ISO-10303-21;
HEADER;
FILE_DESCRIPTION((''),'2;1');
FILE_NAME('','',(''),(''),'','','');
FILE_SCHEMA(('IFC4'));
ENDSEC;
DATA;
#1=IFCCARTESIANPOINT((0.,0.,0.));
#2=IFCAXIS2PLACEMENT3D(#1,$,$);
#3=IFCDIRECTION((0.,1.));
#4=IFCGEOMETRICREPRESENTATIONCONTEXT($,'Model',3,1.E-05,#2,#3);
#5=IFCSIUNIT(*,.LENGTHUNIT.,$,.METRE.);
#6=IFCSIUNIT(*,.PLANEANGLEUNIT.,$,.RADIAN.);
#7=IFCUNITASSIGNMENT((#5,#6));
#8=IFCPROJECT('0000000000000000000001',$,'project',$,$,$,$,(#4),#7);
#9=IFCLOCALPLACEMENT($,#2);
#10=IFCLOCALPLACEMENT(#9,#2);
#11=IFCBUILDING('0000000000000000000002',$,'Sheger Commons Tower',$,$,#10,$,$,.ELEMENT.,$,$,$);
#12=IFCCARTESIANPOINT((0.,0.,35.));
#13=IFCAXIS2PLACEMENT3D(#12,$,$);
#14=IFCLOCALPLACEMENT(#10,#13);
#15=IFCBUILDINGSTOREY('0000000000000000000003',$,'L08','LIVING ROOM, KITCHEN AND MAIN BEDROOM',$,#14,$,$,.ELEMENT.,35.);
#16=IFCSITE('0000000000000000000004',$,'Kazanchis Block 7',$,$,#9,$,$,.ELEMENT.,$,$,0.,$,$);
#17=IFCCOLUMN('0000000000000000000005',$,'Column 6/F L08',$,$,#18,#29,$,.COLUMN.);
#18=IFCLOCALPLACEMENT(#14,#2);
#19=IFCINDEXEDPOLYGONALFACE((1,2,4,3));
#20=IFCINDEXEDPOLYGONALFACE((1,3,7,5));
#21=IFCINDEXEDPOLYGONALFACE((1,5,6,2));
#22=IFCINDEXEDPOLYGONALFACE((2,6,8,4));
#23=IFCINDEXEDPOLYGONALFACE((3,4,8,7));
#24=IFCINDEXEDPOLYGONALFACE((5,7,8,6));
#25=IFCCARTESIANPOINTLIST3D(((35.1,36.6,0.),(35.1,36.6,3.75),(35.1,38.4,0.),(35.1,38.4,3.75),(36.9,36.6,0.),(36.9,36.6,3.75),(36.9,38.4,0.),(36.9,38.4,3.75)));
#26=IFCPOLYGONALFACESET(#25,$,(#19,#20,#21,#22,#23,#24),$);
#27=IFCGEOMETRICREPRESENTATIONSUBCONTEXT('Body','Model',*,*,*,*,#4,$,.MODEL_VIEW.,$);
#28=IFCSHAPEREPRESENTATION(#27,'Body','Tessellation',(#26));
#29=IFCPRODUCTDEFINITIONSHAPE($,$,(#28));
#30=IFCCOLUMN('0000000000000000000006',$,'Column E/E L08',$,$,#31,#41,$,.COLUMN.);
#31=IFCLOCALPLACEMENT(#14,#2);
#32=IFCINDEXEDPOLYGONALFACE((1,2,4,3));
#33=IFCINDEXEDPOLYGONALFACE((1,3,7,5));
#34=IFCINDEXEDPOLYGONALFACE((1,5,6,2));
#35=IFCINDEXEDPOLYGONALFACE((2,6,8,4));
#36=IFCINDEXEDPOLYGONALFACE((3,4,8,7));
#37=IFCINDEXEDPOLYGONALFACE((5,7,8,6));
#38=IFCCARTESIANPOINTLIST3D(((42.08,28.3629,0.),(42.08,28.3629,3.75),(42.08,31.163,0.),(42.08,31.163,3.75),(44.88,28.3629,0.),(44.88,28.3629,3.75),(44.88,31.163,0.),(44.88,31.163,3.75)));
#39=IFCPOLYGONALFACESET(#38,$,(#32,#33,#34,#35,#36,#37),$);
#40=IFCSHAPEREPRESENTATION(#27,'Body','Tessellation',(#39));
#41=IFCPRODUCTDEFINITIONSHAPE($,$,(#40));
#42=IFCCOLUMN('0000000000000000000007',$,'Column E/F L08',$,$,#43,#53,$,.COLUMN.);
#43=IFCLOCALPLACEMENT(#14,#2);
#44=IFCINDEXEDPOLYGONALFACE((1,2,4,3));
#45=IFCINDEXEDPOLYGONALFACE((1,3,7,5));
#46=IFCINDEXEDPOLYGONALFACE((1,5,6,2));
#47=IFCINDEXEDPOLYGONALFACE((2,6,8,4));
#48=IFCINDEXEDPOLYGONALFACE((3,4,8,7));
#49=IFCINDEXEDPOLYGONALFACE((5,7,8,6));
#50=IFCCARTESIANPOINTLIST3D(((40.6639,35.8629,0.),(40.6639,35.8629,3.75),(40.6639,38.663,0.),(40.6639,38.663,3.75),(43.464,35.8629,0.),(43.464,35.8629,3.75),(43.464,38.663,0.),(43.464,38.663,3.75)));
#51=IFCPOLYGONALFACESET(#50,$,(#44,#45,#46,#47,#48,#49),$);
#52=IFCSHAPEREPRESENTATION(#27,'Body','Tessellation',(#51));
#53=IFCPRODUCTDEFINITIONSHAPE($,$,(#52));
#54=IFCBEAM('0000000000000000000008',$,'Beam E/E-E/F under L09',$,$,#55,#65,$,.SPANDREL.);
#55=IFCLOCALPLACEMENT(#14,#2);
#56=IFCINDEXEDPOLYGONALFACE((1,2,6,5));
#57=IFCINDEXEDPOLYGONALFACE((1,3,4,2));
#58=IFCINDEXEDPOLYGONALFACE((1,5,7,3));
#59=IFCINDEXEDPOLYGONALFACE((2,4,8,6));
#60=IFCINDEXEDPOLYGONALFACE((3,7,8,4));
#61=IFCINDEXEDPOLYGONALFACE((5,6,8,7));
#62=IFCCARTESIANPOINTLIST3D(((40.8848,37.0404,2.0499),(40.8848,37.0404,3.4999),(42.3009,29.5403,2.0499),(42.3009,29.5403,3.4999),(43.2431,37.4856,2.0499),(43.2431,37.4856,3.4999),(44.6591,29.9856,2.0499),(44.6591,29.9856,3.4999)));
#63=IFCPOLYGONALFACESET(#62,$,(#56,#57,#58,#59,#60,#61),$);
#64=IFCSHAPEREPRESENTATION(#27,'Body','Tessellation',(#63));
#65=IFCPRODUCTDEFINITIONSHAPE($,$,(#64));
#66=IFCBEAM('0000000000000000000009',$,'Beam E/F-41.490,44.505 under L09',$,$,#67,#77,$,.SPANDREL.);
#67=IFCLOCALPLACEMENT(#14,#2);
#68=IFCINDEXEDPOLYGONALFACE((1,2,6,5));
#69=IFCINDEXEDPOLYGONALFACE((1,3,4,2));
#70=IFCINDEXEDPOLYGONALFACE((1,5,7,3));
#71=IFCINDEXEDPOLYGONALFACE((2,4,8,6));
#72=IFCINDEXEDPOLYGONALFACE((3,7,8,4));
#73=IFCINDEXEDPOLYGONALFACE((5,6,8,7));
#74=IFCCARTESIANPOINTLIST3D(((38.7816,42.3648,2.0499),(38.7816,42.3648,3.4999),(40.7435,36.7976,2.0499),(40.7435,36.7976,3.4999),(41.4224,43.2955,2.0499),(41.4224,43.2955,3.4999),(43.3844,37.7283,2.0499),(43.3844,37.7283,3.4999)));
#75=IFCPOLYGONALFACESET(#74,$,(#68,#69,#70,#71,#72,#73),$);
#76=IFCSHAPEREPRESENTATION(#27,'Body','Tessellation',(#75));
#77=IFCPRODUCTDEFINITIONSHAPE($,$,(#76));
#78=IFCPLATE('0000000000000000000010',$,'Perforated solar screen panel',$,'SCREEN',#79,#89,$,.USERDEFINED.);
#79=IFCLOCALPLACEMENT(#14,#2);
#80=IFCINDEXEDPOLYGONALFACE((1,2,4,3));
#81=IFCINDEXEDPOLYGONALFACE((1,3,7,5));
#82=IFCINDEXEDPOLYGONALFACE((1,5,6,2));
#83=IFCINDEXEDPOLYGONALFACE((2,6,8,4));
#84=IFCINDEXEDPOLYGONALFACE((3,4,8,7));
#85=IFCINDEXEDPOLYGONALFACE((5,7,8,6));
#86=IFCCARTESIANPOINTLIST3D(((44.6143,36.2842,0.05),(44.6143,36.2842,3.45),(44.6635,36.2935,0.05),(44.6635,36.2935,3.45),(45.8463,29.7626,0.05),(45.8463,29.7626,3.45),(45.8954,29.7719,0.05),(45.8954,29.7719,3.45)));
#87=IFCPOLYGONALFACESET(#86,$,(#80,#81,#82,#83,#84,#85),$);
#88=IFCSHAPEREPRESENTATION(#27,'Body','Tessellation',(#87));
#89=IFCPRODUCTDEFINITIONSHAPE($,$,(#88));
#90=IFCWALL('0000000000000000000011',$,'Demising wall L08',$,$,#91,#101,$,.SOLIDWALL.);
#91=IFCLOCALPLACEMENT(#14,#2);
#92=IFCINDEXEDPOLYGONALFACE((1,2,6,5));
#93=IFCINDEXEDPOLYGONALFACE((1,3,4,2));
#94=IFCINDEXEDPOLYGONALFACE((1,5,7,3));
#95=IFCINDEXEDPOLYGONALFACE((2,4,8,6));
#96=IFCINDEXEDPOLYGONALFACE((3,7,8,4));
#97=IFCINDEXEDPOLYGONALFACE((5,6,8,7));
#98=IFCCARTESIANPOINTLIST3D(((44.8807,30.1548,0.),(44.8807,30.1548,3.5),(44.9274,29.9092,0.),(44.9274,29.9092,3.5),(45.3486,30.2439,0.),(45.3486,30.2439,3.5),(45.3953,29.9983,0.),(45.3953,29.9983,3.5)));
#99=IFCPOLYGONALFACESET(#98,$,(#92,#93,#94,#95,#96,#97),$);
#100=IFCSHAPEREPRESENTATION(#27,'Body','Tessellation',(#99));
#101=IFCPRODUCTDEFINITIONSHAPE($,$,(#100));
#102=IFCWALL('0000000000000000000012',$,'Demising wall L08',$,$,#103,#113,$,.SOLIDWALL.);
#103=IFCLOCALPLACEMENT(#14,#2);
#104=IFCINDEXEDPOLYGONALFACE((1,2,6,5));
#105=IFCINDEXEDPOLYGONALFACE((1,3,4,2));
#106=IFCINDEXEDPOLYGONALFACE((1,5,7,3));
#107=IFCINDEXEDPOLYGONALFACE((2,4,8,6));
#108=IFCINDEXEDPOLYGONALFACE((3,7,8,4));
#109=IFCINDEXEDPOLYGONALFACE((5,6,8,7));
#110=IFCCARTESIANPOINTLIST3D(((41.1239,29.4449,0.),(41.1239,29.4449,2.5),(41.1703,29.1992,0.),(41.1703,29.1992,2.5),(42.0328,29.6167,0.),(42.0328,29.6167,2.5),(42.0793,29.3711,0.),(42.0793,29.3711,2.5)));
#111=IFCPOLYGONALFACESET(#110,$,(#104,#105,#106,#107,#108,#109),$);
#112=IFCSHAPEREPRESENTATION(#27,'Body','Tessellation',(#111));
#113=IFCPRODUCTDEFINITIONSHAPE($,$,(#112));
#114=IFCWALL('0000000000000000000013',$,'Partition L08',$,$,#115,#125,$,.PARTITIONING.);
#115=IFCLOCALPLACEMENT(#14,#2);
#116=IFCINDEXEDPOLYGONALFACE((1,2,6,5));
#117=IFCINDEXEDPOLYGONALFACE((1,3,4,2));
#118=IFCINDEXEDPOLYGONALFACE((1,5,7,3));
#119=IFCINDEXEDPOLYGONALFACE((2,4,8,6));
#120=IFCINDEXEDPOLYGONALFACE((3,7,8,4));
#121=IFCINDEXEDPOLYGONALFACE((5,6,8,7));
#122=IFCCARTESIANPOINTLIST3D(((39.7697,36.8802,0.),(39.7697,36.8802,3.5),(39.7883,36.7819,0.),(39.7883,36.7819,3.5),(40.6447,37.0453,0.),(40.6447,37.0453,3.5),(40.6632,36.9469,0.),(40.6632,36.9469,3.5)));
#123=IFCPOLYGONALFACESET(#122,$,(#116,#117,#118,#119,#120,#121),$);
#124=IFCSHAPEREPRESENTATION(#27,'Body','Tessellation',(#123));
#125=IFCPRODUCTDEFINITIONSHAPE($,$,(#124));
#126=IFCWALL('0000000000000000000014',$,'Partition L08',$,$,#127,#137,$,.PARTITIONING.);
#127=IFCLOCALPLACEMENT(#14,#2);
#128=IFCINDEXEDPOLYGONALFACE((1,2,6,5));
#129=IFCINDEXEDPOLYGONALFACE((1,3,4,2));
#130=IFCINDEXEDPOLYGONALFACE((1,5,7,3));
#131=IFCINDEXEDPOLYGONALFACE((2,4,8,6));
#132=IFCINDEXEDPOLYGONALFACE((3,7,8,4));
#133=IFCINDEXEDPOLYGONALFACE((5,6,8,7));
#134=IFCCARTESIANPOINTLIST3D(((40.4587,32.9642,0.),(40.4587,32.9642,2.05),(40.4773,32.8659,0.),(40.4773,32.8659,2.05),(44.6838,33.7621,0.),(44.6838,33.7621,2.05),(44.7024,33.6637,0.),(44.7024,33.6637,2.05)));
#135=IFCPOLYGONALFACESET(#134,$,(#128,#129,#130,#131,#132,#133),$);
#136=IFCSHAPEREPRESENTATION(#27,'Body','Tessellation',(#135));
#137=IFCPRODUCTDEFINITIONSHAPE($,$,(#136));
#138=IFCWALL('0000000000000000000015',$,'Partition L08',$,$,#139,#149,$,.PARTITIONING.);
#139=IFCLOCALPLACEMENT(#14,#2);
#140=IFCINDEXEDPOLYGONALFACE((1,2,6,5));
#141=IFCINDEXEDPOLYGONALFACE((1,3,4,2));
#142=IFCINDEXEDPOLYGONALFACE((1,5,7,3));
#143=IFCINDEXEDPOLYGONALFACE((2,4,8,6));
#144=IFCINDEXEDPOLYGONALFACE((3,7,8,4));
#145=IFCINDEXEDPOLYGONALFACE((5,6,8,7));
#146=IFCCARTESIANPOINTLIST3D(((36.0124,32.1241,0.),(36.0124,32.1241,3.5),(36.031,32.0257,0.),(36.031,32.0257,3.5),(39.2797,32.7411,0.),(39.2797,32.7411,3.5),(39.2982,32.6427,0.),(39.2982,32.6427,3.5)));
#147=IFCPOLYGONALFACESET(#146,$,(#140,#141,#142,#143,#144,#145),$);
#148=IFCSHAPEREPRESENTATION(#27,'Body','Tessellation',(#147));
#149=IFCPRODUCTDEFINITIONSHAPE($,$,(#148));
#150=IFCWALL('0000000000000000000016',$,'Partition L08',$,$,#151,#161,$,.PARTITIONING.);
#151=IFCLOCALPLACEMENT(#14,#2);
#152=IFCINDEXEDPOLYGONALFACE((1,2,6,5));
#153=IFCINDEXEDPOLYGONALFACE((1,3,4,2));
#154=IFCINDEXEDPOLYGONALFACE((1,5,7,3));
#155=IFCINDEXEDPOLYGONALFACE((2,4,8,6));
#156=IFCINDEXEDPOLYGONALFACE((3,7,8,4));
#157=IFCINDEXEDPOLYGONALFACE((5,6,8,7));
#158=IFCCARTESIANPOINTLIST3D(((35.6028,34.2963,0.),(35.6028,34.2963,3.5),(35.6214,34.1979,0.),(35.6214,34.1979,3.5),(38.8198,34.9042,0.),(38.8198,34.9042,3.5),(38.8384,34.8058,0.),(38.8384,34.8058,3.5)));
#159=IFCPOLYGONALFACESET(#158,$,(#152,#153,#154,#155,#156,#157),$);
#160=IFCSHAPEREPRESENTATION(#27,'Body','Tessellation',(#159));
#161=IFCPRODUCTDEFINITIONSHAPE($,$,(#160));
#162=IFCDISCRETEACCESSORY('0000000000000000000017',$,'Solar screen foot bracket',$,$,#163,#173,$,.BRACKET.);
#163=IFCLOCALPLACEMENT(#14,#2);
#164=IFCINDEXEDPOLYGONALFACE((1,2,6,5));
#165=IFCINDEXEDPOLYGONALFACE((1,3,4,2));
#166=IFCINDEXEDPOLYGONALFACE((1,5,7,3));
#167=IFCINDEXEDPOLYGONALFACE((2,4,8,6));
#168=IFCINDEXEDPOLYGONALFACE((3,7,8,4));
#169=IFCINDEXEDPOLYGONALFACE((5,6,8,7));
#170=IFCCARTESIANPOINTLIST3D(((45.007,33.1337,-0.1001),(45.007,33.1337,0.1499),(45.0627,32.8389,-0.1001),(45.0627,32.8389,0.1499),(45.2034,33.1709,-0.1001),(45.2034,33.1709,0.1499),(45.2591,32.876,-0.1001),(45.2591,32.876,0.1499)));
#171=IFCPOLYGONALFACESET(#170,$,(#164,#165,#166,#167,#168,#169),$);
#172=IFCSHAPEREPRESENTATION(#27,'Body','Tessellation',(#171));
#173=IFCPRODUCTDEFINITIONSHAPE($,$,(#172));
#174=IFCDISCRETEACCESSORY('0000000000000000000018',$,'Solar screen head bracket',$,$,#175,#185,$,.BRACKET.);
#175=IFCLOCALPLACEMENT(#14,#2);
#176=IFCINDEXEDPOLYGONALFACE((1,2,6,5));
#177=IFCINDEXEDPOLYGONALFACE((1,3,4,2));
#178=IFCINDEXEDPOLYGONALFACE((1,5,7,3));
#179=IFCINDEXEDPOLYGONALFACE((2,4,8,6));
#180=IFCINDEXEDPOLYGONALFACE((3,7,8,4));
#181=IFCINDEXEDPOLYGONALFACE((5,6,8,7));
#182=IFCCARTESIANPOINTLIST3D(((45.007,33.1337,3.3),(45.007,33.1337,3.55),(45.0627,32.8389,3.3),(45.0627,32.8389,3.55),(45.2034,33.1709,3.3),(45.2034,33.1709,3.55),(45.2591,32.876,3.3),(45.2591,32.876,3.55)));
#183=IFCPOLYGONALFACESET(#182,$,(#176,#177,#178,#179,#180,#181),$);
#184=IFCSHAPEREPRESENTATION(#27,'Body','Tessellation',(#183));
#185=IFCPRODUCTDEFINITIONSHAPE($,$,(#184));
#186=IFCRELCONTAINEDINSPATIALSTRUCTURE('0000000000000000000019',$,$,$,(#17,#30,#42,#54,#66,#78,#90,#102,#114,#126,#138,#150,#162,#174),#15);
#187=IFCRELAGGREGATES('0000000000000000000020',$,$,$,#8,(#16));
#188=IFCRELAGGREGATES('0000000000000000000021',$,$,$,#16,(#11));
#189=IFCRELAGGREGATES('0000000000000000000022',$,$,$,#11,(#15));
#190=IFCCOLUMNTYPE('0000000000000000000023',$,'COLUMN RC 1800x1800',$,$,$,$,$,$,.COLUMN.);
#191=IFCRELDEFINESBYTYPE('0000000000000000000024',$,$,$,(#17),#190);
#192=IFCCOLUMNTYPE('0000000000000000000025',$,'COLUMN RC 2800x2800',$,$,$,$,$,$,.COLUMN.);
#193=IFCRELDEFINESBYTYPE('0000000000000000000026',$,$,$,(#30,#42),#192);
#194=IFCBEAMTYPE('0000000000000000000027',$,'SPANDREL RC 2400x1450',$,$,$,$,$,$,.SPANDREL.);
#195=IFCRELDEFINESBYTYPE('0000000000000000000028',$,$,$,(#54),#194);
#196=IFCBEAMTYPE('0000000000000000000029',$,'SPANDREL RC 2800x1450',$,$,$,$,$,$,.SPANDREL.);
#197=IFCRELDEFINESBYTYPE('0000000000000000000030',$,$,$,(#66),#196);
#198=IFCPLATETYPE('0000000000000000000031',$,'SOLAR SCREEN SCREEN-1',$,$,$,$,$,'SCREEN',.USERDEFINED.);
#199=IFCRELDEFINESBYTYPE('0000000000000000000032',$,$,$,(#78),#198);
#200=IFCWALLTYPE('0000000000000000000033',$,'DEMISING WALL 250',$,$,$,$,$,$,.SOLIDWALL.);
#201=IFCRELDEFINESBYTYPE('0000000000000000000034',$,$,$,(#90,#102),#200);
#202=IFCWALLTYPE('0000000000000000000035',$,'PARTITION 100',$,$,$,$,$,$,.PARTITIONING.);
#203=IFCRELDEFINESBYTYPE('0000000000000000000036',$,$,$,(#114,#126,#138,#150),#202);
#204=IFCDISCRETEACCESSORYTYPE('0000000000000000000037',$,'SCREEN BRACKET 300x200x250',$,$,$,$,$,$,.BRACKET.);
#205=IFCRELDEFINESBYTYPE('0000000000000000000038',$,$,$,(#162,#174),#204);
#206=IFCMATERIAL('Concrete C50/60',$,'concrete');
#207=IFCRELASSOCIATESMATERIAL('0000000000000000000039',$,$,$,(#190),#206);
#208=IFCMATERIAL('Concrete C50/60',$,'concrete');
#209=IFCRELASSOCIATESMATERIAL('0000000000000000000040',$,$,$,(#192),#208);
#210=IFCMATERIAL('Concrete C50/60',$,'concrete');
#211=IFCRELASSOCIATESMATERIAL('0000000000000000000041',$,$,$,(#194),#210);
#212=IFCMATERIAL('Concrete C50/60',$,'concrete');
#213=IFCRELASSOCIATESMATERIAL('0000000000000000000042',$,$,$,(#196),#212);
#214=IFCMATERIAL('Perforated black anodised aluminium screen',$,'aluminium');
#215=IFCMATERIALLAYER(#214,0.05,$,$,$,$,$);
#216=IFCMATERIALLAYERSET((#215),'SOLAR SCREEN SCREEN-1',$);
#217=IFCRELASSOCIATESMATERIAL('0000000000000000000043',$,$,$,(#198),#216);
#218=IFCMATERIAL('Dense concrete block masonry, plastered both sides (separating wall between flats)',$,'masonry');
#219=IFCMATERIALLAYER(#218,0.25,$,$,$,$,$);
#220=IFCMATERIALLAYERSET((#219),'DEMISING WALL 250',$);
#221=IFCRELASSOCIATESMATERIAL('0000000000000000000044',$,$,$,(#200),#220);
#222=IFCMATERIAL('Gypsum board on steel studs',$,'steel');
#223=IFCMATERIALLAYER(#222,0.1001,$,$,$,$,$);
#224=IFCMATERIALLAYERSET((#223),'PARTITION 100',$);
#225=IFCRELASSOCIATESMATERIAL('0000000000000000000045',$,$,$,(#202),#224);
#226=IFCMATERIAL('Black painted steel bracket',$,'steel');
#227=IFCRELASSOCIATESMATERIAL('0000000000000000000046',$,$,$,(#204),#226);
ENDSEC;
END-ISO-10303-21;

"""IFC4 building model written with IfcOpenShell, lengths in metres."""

from ifc_helpers import new_model, si_unit, direction, frame, frame_2d, origin, origin_2d, place, context, subcontext, project, spatial, rectangle, extrude, material, layer, layer_set, material_profile, profile_set, type_object, element, save


model = new_model("IFC4")

# Units and contexts
model_context = context("Model", 3, precision=1e-05, world=origin(), true_north=direction((0.0, 1.0)))
body_context = subcontext(model_context, "Body", "Model", "MODEL_VIEW")
ifc_project = project(units=[si_unit("LENGTHUNIT", "METRE"), si_unit("PLANEANGLEUNIT", "RADIAN")], contexts=[model_context])

# Site, building, storey
site_placement = place(None, origin())
site = spatial("IfcSite", under=ifc_project, at=site_placement, Name="Kazanchis Block 7", CompositionType="ELEMENT", RefElevation=0.0)
building_placement = place(site_placement, origin())
building = spatial("IfcBuilding", under=site, at=building_placement, Name="Sheger Commons Tower", CompositionType="ELEMENT")
storey_placement = place(building_placement, frame((0.0, 0.0, 35.0)))
storey = spatial("IfcBuildingStorey", under=building, at=storey_placement, Name="L08", Description="LIVING ROOM, KITCHEN AND MAIN BEDROOM", CompositionType="ELEMENT", Elevation=35.0)

# Columns
ifc_material_1 = material(Name="Concrete C50/60", Category="concrete")
ifc_material_profile_1 = material_profile(ifc_material_1, rectangle(XDim=1.8, YDim=1.8, at=origin_2d()), Name="RC 1800x1800")
ifc_profile_set_1 = profile_set([ifc_material_profile_1], Name="Concrete C50/60")
column_type_1 = type_object("IfcColumnType", Name="COLUMN RC 1800x1800", PredefinedType="COLUMN", material=ifc_profile_set_1)
column_placement = place(storey_placement, frame((36.0, 37.5, 0.0), z_axis=(0.0, 0.0, 1.0), x_axis=(1.0, 0.0, 0.0)))
element("IfcColumn", 1, at=column_placement, inside=storey, type_object=column_type_1, Name="Column 6/F L08", PredefinedType="COLUMN", context=body_context, shape_type="SweptSolid", body=[
    extrude(rectangle(XDim=1.8, YDim=1.8, at=origin_2d()), origin(), (0.0, 0.0, 1.0), 3.75),
])
ifc_material_2 = material(Name="Concrete C50/60", Category="concrete")
ifc_material_profile_2 = material_profile(ifc_material_2, rectangle(XDim=2.8, YDim=2.8, at=origin_2d()), Name="RC 2800x2800")
ifc_profile_set_2 = profile_set([ifc_material_profile_2], Name="Concrete C50/60")
column_type_2 = type_object("IfcColumnType", Name="COLUMN RC 2800x2800", PredefinedType="COLUMN", material=ifc_profile_set_2)
for number, where, z_axis, x_axis, name in (
    (2, (43.48, 29.7629, 0.0), (0.0, 0.0, 1.0), (1.0, 0.0, 0.0), "Column E/E L08"),
    (3, (42.064, 37.2629, 0.0), (0.0, 0.0, 1.0), (1.0, 0.0, 0.0), "Column E/F L08"),
):
    element("IfcColumn", number, at=place(storey_placement, frame(where, z_axis=z_axis, x_axis=x_axis)), inside=storey, type_object=column_type_2, Name=name, PredefinedType="COLUMN", context=body_context, shape_type="SweptSolid", body=[
        extrude(rectangle(XDim=2.8, YDim=2.8, at=origin_2d()), origin(), (0.0, 0.0, 1.0), 3.75),
    ])

# Beams
ifc_material_3 = material(Name="Concrete C50/60", Category="concrete")
ifc_material_profile_3 = material_profile(ifc_material_3, rectangle(XDim=2.3999, YDim=1.45, at=origin_2d()), Name="RC 2400x1450")
ifc_profile_set_3 = profile_set([ifc_material_profile_3], Name="Concrete C50/60")
beam_type_1 = type_object("IfcBeamType", Name="SPANDREL RC 2400x1450", PredefinedType="SPANDREL", material=ifc_profile_set_3)
beam_1_placement = place(storey_placement, frame((43.48, 29.7629, 2.7749), z_axis=(-0.185524, 0.98264, 0.0), x_axis=(-0.98264, -0.185524, 0.0)))
element("IfcBeam", 4, at=beam_1_placement, inside=storey, type_object=beam_type_1, Name="Beam E/E-E/F under L09", PredefinedType="SPANDREL", context=body_context, shape_type="SweptSolid", body=[
    extrude(rectangle(XDim=2.3999, YDim=1.45, at=origin_2d()), origin(), (0.0, 0.0, 1.0), 7.6326),
])
ifc_material_4 = material(Name="Concrete C50/60", Category="concrete")
ifc_material_profile_4 = material_profile(ifc_material_4, rectangle(XDim=2.8, YDim=1.45, at=origin_2d()), Name="RC 2800x1450")
ifc_profile_set_4 = profile_set([ifc_material_profile_4], Name="Concrete C50/60")
beam_type_2 = type_object("IfcBeamType", Name="SPANDREL RC 2800x1450", PredefinedType="SPANDREL", material=ifc_profile_set_4)
beam_2_placement = place(storey_placement, frame((42.064, 37.2629, 2.7749), z_axis=(-0.332374, 0.943148, 0.0), x_axis=(-0.943148, -0.332374, 0.0)))
element("IfcBeam", 5, at=beam_2_placement, inside=storey, type_object=beam_type_2, Name="Beam E/F-41.490,44.505 under L09", PredefinedType="SPANDREL", context=body_context, shape_type="SweptSolid", body=[
    extrude(rectangle(XDim=2.8, YDim=1.45, at=origin_2d()), origin(), (0.0, 0.0, 1.0), 5.9028),
])

# Plate
ifc_material_5 = material(Name="Perforated black anodised aluminium screen", Category="aluminium")
ifc_layer_1 = layer(ifc_material_5, 0.05)
ifc_layer_set_1 = layer_set([ifc_layer_1], Name="SOLAR SCREEN SCREEN-1")
plate_type = type_object("IfcPlateType", Name="SOLAR SCREEN SCREEN-1", ElementType="SCREEN", PredefinedType="USERDEFINED", material=ifc_layer_set_1)
plate_placement = place(storey_placement, frame((45.2549, 33.0281, 0.05), z_axis=(0.0, 0.0, 1.0), x_axis=(-0.185615, 0.982623, 0.0)))
element("IfcPlate", 6, at=plate_placement, inside=storey, type_object=plate_type, Name="Perforated solar screen panel", ObjectType="SCREEN", PredefinedType="USERDEFINED", context=body_context, shape_type="SweptSolid", body=[
    extrude(rectangle(XDim=6.637, YDim=0.05, at=origin_2d()), origin(), (0.0, 0.0, 1.0), 3.3999),
])

# Walls
ifc_material_6 = material(Name="Dense concrete block masonry, plastered both sides (separating wall between flats)", Category="masonry")
ifc_layer_2 = layer(ifc_material_6, 0.25)
ifc_layer_set_2 = layer_set([ifc_layer_2], Name="DEMISING WALL 250")
wall_type_1 = type_object("IfcWallType", Name="DEMISING WALL 250", PredefinedType="SOLIDWALL", material=ifc_layer_set_2)
wall_1_placement = place(storey_placement, frame((45.3721, 30.1211, 0.0), z_axis=(0.0, 0.0, 1.0), x_axis=(-0.982352, -0.187041, 0.0)))
element("IfcWall", 7, at=wall_1_placement, inside=storey, type_object=wall_type_1, Name="Demising wall L08", PredefinedType="SOLIDWALL", context=body_context, shape_type="SweptSolid", body=[
    extrude(rectangle(XDim=0.4763, YDim=0.25, at=frame_2d((0.2383, 0.0))), origin(), (0.0, 0.0, 1.0), 3.5),
])
wall_2_placement = place(storey_placement, frame((42.0559, 29.4939, 0.0), z_axis=(0.0, 0.0, 1.0), x_axis=(-0.982587, -0.185802, 0.0)))
element("IfcWall", 8, at=wall_2_placement, inside=storey, type_object=wall_type_1, Name="Demising wall L08", PredefinedType="SOLIDWALL", context=body_context, shape_type="SweptSolid", body=[
    extrude(rectangle(XDim=0.925, YDim=0.25, at=frame_2d((0.4624, 0.0))), origin(), (0.0, 0.0, 1.0), 2.5),
])
ifc_material_7 = material(Name="Gypsum board on steel studs", Category="steel")
ifc_layer_3 = layer(ifc_material_7, 0.1001)
ifc_layer_set_3 = layer_set([ifc_layer_3], Name="PARTITION 100")
wall_type_2 = type_object("IfcWallType", Name="PARTITION 100", PredefinedType="PARTITIONING", material=ifc_layer_set_3)
wall_3_placement = place(storey_placement, frame((40.6541, 36.9961, 0.0), z_axis=(0.0, 0.0, 1.0), x_axis=(-0.982673, -0.185348, 0.0)))
element("IfcWall", 9, at=wall_3_placement, inside=storey, type_object=wall_type_2, Name="Partition L08", PredefinedType="PARTITIONING", context=body_context, shape_type="SweptSolid", body=[
    extrude(rectangle(XDim=0.8904, YDim=0.1001, at=frame_2d((0.4453, 0.0))), origin(), (0.0, 0.0, 1.0), 3.5),
])
wall_4_placement = place(storey_placement, frame((44.6931, 33.7129, 0.0), z_axis=(0.0, 0.0, 1.0), x_axis=(-0.982634, -0.185557, 0.0)))
element("IfcWall", 10, at=wall_4_placement, inside=storey, type_object=wall_type_2, Name="Partition L08", PredefinedType="PARTITIONING", context=body_context, shape_type="SweptSolid", body=[
    extrude(rectangle(XDim=4.2998, YDim=0.1001, at=frame_2d((2.1499, 0.0))), origin(), (0.0, 0.0, 1.0), 2.05),
])
wall_5_placement = place(storey_placement, frame((39.2891, 32.6919, 0.0), z_axis=(0.0, 0.0, 1.0), x_axis=(-0.982634, -0.185556, 0.0)))
element("IfcWall", 11, at=wall_5_placement, inside=storey, type_object=wall_type_2, Name="Partition L08", PredefinedType="PARTITIONING", context=body_context, shape_type="SweptSolid", body=[
    extrude(rectangle(XDim=3.325, YDim=0.1001, at=frame_2d((1.6626, 0.0))), origin(), (0.0, 0.0, 1.0), 3.5),
])
wall_6_placement = place(storey_placement, frame((38.8291, 34.855, 0.0), z_axis=(0.0, 0.0, 1.0), x_axis=(-0.98261, -0.18568, 0.0)))
element("IfcWall", 12, at=wall_6_placement, inside=storey, type_object=wall_type_2, Name="Partition L08", PredefinedType="PARTITIONING", context=body_context, shape_type="SweptSolid", body=[
    extrude(rectangle(XDim=3.2739, YDim=0.1001, at=frame_2d((1.637, 0.0))), origin(), (0.0, 0.0, 1.0), 3.5),
])

# Discrete accessories
ifc_material_8 = material(Name="Black painted steel bracket", Category="steel")
discrete_accessory_type = type_object("IfcDiscreteAccessoryType", Name="SCREEN BRACKET 300x200x250", PredefinedType="BRACKET", material=ifc_material_8)
for number, where, z_axis, x_axis, name in (
    (13, (45.1331, 33.0049, -0.1001), (0.0, 0.0, 1.0), (-0.185615, 0.982623, 0.0), "Solar screen foot bracket"),
    (14, (45.1331, 33.0049, 3.3), (0.0, 0.0, 1.0), (-0.185615, 0.982623, 0.0), "Solar screen head bracket"),
):
    element("IfcDiscreteAccessory", number, at=place(storey_placement, frame(where, z_axis=z_axis, x_axis=x_axis)), inside=storey, type_object=discrete_accessory_type, Name=name, PredefinedType="BRACKET", context=body_context, shape_type="SweptSolid", body=[
        extrude(rectangle(XDim=0.3, YDim=0.2, at=origin_2d()), origin(), (0.0, 0.0, 1.0), 0.25),
    ])

save(model, "model.ifc")
